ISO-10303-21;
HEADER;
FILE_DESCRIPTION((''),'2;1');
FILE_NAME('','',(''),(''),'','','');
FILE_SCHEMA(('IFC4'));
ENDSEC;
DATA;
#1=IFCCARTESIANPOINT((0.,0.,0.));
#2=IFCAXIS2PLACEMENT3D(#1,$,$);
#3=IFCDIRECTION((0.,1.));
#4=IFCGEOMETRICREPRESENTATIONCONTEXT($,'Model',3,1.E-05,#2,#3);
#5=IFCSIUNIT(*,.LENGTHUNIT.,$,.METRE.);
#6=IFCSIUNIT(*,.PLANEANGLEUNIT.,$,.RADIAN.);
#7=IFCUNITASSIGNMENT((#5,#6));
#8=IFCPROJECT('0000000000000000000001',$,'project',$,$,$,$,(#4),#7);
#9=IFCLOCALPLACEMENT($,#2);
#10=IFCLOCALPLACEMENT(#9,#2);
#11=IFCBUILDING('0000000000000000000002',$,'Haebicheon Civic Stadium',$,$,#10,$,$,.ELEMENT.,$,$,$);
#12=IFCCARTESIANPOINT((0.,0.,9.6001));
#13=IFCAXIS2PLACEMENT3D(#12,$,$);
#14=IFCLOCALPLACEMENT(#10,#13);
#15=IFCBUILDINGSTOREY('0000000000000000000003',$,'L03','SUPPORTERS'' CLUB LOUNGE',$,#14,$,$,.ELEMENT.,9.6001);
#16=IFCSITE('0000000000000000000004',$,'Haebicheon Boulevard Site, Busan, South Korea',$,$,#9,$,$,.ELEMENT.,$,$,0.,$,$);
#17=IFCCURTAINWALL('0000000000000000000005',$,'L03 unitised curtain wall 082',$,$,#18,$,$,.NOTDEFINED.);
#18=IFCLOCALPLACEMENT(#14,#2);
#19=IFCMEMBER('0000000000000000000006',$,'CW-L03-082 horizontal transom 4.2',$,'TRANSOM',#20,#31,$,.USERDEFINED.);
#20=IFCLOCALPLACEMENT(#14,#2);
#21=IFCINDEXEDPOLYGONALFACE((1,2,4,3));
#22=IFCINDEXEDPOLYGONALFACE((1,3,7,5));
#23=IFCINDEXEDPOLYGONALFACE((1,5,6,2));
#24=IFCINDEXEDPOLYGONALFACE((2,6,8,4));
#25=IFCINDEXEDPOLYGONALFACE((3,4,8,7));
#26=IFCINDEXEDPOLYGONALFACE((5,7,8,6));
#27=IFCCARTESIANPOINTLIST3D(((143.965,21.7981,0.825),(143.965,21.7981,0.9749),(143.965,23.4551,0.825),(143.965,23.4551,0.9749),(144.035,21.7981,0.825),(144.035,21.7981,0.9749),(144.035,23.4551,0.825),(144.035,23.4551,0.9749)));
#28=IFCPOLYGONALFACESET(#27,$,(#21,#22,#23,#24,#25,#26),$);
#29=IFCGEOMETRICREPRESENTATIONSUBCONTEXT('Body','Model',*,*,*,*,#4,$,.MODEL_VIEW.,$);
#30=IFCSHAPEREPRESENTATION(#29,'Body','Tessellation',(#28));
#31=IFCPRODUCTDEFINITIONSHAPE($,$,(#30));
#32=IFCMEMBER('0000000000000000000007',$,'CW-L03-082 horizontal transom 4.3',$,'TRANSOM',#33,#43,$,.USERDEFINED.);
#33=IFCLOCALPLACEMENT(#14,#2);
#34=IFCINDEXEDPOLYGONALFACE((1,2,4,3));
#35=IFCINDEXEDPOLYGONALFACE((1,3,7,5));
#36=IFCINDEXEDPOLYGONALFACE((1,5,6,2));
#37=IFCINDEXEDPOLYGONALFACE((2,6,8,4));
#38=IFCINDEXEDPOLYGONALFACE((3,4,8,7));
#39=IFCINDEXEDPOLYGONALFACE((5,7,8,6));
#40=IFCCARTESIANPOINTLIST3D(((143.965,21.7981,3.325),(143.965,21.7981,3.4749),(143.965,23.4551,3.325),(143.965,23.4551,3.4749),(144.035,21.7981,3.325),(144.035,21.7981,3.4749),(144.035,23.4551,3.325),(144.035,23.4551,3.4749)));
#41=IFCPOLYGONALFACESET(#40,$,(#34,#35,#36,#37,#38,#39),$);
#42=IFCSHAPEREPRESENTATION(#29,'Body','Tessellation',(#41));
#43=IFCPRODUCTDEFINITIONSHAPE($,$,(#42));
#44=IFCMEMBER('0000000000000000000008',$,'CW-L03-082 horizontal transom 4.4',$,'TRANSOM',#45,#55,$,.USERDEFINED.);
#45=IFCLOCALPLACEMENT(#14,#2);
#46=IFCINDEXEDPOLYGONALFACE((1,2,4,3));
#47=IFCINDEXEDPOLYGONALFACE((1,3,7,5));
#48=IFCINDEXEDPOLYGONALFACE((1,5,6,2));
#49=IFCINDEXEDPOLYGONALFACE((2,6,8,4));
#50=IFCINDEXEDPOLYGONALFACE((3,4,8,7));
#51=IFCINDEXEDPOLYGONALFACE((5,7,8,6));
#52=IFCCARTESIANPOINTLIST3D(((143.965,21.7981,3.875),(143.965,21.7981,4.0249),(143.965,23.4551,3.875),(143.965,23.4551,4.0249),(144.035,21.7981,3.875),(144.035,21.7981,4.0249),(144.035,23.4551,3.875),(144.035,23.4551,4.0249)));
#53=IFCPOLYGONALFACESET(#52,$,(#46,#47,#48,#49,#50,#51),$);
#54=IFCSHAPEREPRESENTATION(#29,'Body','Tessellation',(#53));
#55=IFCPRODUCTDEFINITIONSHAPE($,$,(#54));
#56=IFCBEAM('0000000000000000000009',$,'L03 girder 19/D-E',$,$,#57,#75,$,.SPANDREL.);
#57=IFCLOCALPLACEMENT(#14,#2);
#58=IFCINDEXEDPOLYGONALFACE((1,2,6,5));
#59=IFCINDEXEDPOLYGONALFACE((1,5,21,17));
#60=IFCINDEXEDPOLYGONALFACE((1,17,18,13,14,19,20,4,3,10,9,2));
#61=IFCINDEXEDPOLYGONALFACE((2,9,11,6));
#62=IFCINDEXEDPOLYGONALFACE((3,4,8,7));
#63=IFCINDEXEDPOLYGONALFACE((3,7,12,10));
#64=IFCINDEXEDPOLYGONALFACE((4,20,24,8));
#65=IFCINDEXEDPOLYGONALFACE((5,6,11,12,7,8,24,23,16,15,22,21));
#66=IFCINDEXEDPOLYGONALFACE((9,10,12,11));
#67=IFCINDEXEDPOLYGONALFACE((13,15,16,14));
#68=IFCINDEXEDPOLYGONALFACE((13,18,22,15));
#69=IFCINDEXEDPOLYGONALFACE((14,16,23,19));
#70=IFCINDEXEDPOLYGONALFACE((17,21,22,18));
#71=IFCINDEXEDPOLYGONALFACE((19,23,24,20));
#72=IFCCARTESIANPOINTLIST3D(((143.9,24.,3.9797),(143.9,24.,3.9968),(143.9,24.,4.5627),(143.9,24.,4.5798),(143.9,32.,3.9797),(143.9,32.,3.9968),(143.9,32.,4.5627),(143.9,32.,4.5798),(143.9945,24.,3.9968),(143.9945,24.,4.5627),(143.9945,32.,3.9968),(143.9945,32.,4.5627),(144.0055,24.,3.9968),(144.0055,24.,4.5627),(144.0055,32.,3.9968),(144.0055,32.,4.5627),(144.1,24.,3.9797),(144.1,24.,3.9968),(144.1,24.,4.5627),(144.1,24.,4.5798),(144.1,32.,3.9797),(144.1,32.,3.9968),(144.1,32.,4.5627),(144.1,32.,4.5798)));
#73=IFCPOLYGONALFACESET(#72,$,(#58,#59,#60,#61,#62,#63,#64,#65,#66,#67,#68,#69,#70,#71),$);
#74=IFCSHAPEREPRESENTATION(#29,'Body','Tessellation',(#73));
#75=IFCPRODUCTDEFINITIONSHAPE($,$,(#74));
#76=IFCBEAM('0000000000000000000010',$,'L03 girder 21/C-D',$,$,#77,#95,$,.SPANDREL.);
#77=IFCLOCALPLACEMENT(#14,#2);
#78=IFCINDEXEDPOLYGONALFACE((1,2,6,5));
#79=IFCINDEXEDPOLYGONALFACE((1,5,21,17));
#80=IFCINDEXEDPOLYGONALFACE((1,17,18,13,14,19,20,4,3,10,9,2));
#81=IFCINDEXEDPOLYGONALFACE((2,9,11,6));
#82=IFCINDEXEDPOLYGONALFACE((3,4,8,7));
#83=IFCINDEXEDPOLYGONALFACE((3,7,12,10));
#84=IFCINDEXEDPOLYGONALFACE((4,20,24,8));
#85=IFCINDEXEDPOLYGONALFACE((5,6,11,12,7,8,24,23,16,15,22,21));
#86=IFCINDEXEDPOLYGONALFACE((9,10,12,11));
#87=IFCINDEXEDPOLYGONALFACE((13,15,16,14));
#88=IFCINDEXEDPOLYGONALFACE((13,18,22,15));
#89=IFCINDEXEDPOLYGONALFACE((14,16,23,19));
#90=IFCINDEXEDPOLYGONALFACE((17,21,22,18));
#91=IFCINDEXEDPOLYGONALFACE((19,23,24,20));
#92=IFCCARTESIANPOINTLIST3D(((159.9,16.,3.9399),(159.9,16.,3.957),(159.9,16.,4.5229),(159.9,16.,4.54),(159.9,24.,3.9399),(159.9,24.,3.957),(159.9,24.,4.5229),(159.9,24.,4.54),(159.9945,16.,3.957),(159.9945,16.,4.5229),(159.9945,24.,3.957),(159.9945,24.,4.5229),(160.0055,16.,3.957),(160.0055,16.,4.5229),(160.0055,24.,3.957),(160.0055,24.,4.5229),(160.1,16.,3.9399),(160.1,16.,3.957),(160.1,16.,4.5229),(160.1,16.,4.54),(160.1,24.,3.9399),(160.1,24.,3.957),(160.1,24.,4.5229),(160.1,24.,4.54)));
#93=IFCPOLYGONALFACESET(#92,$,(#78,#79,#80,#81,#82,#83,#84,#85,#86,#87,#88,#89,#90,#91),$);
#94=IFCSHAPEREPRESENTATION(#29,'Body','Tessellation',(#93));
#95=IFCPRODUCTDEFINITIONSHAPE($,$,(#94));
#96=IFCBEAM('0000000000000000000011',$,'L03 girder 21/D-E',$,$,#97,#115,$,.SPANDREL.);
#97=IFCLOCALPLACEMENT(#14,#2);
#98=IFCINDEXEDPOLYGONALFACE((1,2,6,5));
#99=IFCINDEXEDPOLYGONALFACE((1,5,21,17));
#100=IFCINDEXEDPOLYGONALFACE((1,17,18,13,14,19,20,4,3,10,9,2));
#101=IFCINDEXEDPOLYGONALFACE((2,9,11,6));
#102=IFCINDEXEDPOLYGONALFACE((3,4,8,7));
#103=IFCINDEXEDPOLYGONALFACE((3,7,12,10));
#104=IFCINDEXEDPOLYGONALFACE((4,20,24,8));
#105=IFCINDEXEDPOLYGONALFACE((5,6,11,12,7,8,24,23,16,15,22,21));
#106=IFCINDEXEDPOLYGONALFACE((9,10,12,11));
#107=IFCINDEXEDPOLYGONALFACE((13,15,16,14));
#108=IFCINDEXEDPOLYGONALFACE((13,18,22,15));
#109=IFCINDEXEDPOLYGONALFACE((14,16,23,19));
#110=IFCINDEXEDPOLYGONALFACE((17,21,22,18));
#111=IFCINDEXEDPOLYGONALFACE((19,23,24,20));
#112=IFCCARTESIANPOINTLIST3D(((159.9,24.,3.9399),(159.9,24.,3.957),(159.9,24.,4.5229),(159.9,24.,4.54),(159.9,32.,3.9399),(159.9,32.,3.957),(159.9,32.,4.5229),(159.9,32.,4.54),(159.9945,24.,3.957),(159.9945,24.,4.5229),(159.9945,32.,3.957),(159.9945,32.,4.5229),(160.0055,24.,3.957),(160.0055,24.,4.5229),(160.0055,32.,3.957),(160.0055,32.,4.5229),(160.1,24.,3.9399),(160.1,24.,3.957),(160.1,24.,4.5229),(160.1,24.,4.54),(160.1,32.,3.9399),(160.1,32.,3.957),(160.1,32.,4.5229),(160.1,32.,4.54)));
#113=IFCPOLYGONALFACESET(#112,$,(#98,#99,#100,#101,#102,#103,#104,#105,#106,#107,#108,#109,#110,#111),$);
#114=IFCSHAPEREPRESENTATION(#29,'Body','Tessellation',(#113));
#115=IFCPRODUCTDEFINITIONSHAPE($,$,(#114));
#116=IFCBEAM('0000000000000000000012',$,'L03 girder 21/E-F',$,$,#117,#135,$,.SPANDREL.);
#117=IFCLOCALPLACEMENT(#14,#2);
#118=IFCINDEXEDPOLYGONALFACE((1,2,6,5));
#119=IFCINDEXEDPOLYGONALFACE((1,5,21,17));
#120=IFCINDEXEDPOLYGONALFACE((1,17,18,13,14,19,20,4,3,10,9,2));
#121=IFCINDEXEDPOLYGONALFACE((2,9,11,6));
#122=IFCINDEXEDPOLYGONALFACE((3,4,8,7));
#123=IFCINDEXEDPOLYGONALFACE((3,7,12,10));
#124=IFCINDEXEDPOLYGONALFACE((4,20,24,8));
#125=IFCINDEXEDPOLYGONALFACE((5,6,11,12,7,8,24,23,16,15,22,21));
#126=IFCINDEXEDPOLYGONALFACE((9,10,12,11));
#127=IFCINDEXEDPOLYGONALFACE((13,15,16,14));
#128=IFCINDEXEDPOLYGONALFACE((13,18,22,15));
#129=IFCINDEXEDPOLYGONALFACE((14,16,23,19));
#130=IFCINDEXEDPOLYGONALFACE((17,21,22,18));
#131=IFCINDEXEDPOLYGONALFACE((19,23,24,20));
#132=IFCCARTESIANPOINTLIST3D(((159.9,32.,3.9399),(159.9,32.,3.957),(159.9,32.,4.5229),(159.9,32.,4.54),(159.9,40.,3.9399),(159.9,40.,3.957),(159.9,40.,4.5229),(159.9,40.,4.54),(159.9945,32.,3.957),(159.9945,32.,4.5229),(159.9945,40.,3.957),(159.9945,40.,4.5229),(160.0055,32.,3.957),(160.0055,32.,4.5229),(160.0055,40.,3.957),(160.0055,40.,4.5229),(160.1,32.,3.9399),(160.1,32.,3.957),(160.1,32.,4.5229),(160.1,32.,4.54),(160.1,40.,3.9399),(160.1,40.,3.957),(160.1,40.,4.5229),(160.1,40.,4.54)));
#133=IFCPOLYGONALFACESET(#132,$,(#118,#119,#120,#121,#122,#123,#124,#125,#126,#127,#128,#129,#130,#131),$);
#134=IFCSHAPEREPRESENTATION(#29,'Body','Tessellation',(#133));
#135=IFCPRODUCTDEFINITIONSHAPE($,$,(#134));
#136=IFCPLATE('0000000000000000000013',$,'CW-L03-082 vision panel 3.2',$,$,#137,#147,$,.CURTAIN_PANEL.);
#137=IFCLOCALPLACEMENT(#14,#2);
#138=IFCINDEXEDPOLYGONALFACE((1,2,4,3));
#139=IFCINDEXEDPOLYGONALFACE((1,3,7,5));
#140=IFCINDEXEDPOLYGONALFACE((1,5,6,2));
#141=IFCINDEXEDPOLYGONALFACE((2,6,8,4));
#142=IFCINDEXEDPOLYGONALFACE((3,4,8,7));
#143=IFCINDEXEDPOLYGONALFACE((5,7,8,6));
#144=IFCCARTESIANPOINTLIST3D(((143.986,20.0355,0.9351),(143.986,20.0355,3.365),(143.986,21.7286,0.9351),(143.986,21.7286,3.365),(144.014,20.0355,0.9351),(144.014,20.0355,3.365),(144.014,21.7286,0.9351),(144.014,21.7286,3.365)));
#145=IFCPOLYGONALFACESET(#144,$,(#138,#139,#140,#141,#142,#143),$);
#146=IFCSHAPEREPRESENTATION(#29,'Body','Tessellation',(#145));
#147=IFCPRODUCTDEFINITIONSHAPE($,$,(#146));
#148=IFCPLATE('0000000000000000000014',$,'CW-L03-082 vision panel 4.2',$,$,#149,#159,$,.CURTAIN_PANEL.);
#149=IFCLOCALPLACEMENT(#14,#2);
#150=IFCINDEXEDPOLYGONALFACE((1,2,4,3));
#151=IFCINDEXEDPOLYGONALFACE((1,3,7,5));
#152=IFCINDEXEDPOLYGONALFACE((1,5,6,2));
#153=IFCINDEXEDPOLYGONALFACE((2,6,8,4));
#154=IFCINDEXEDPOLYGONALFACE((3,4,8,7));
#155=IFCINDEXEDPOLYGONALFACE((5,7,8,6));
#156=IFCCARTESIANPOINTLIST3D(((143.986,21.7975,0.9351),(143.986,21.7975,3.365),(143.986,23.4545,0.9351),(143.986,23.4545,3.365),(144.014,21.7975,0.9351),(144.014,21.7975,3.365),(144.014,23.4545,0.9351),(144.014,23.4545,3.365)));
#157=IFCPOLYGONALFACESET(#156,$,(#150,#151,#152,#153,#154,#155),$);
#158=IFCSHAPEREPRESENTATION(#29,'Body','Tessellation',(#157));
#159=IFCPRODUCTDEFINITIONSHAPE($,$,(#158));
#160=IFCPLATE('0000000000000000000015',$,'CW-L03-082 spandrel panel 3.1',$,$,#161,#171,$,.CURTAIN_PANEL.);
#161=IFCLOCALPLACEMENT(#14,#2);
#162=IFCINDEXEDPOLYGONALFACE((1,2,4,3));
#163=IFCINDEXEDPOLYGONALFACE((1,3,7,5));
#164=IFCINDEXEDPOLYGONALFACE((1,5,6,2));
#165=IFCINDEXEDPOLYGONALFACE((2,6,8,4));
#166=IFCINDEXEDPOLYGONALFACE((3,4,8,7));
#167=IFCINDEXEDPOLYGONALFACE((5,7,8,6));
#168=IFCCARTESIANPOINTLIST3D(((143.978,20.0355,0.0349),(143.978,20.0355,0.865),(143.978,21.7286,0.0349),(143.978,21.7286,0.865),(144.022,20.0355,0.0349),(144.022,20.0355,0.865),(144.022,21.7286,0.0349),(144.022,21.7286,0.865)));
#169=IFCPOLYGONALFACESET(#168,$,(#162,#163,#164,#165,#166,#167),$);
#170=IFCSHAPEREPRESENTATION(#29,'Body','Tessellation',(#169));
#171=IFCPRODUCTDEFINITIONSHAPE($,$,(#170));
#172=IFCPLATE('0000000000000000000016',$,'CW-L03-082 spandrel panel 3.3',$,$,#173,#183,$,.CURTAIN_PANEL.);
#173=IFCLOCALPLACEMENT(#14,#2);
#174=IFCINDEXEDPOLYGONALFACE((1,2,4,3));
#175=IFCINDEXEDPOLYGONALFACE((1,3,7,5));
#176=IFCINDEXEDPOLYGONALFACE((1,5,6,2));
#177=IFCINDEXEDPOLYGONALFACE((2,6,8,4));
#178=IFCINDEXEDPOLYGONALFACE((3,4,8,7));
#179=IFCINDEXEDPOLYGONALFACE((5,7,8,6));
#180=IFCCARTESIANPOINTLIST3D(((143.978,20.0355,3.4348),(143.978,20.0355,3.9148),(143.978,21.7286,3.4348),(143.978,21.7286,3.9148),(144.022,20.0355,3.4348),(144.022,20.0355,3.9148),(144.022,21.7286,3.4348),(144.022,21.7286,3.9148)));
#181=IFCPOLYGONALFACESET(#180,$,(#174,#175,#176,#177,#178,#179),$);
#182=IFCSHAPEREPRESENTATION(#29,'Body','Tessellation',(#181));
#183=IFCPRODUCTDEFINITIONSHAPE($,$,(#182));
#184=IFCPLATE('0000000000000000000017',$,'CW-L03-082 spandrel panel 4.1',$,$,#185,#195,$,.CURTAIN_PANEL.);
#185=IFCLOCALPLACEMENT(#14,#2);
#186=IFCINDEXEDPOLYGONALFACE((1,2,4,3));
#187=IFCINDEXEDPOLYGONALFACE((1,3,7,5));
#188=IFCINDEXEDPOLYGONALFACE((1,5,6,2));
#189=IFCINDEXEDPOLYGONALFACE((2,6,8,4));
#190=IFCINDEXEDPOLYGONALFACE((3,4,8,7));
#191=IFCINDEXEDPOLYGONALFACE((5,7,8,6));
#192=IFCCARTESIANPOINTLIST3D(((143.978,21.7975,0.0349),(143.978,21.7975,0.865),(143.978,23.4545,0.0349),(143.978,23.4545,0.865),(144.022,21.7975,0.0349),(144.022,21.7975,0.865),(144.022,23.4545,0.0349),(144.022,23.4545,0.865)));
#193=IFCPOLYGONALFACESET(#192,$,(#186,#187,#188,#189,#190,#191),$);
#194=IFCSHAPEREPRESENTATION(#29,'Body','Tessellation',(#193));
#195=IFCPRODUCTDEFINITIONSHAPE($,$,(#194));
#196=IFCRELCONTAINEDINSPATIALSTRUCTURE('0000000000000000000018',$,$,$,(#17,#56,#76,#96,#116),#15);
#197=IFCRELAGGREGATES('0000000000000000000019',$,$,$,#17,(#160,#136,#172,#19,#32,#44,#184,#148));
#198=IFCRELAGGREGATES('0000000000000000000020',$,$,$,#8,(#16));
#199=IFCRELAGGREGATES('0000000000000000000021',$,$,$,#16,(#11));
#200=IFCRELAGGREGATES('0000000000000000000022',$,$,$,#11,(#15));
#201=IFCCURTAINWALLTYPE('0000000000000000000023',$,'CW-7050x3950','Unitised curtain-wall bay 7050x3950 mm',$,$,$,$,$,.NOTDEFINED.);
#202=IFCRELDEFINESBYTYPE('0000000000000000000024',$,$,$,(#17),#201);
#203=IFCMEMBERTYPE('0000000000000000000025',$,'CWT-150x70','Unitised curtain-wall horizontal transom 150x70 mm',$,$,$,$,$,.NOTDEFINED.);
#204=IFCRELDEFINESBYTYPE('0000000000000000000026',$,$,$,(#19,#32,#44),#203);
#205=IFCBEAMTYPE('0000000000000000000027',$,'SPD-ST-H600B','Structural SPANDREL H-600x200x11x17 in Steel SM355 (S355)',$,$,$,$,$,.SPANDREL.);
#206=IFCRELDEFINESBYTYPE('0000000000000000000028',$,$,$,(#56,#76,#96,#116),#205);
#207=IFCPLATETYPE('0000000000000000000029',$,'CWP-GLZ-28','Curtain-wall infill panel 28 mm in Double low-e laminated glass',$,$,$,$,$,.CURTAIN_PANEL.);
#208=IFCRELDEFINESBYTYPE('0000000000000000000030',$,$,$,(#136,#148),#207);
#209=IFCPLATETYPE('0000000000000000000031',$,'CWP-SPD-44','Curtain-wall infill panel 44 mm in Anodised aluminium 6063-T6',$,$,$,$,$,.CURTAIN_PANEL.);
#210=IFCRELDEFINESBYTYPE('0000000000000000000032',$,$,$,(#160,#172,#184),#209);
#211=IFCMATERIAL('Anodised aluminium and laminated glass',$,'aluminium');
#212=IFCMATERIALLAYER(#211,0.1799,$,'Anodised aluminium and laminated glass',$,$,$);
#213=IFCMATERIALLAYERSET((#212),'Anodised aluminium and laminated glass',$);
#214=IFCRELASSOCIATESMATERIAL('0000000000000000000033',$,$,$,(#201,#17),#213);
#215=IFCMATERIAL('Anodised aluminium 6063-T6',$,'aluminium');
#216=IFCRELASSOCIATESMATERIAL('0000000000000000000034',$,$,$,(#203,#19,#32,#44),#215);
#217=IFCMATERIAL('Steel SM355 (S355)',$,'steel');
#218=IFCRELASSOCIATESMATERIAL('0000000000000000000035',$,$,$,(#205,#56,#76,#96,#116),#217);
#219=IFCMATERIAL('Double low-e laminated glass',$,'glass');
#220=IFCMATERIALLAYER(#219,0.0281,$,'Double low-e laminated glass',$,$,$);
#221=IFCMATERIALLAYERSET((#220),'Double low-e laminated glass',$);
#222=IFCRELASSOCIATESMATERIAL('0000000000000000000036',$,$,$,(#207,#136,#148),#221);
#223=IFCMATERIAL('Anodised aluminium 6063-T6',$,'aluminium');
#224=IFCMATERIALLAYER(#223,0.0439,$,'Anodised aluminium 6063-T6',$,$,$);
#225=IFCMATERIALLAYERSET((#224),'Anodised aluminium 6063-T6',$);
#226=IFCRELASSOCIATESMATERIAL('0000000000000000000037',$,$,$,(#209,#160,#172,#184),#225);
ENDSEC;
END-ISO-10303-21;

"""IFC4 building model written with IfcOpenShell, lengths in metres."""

from ifc_helpers import new_model, si_unit, direction, frame, origin, origin_2d, place, context, subcontext, project, spatial, rectangle, i_section, extrude, material, layer, layer_set, material_profile, profile_set, type_object, element, aggregate, save


model = new_model("IFC4")

# Units and contexts
model_context = context("Model", 3, precision=1e-05, world=origin(), true_north=direction((0.0, 1.0)))
body_context = subcontext(model_context, "Body", "Model", "MODEL_VIEW")
ifc_project = project(units=[si_unit("LENGTHUNIT", "METRE"), si_unit("PLANEANGLEUNIT", "RADIAN")], contexts=[model_context])

# Site, building, storey
site_placement = place(None, origin())
site = spatial("IfcSite", under=ifc_project, at=site_placement, Name="Haebicheon Boulevard Site, Busan, South Korea", CompositionType="ELEMENT", RefElevation=0.0)
building_placement = place(site_placement, origin())
building = spatial("IfcBuilding", under=site, at=building_placement, Name="Haebicheon Civic Stadium", CompositionType="ELEMENT")
storey_placement = place(building_placement, frame((0.0, 0.0, 9.6001)))
storey = spatial("IfcBuildingStorey", under=building, at=storey_placement, Name="L03", Description="SUPPORTERS' CLUB LOUNGE", CompositionType="ELEMENT", Elevation=9.6001)

# Curtain wall
ifc_material_1 = material(Name="Anodised aluminium and laminated glass", Category="aluminium")
ifc_layer_1 = layer(ifc_material_1, 0.1799, Name="Anodised aluminium and laminated glass")
ifc_layer_set_1 = layer_set([ifc_layer_1], Name="Anodised aluminium and laminated glass")
curtain_wall_type_1 = type_object("IfcCurtainWallType", Name="CW-7050x3950", Description="Unitised curtain-wall bay 7050x3950 mm", PredefinedType="NOTDEFINED", material=ifc_layer_set_1)
curtain_wall_1_placement = place(storey_placement, origin())
curtain_wall_1 = element("IfcCurtainWall", 1, at=curtain_wall_1_placement, inside=storey, type_object=curtain_wall_type_1, material=ifc_layer_set_1, Name="L03 unitised curtain wall 082", PredefinedType="NOTDEFINED")

# Members
ifc_material_2 = material(Name="Anodised aluminium 6063-T6", Category="aluminium")
ifc_material_profile_1 = material_profile(ifc_material_2, rectangle(XDim=0.0701, YDim=0.1499, at=origin_2d()), Name="ALU-TRAN-70x150")
ifc_profile_set_1 = profile_set([ifc_material_profile_1], Name="Anodised aluminium 6063-T6")
member_type_1 = type_object("IfcMemberType", Name="CWT-150x70", Description="Unitised curtain-wall horizontal transom 150x70 mm", PredefinedType="NOTDEFINED", material=ifc_profile_set_1)
member_1_placement = place(storey_placement, frame((144.0, 21.7981, 0.8999), z_axis=(0.0, 1.0, 0.0), x_axis=(-1.0, 0.0, 0.0)))
member_1 = element("IfcMember", 2, at=member_1_placement, type_object=member_type_1, material=ifc_profile_set_1, Name="CW-L03-082 horizontal transom 4.2", ObjectType="TRANSOM", PredefinedType="USERDEFINED", context=body_context, shape_type="SweptSolid", body=[
    extrude(rectangle(XDim=0.0701, YDim=0.1499, at=origin_2d()), origin(), (0.0, 0.0, 1.0), 1.657),
])
member_2_placement = place(storey_placement, frame((144.0, 21.7981, 3.3999), z_axis=(0.0, 1.0, 0.0), x_axis=(-1.0, 0.0, 0.0)))
member_2 = element("IfcMember", 3, at=member_2_placement, type_object=member_type_1, material=ifc_profile_set_1, Name="CW-L03-082 horizontal transom 4.3", ObjectType="TRANSOM", PredefinedType="USERDEFINED", context=body_context, shape_type="SweptSolid", body=[
    extrude(rectangle(XDim=0.0701, YDim=0.1499, at=origin_2d()), origin(), (0.0, 0.0, 1.0), 1.657),
])
member_3_placement = place(storey_placement, frame((144.0, 21.7981, 3.95), z_axis=(0.0, 1.0, 0.0), x_axis=(-1.0, 0.0, 0.0)))
member_3 = element("IfcMember", 4, at=member_3_placement, type_object=member_type_1, material=ifc_profile_set_1, Name="CW-L03-082 horizontal transom 4.4", ObjectType="TRANSOM", PredefinedType="USERDEFINED", context=body_context, shape_type="SweptSolid", body=[
    extrude(rectangle(XDim=0.0701, YDim=0.1499, at=origin_2d()), origin(), (0.0, 0.0, 1.0), 1.657),
])

# Beams
ifc_material_3 = material(Name="Steel SM355 (S355)", Category="steel")
ifc_material_profile_2 = material_profile(ifc_material_3, i_section(OverallWidth=0.2, OverallDepth=0.6001, WebThickness=0.011, FlangeThickness=0.0171, at=origin_2d()), Name="H-600x200x11x17")
ifc_profile_set_2 = profile_set([ifc_material_profile_2], Name="Steel SM355 (S355)")
beam_type_1 = type_object("IfcBeamType", Name="SPD-ST-H600B", Description="Structural SPANDREL H-600x200x11x17 in Steel SM355 (S355)", PredefinedType="SPANDREL", material=ifc_profile_set_2)
for number, where, z_axis, x_axis, name in (
    (5, (144.0, 24.0, 4.2798), (0.0, 1.0, 0.0), (-1.0, 0.0, 0.0), "L03 girder 19/D-E"),
    (6, (160.0, 16.0, 4.24), (0.0, 1.0, 0.0), (-1.0, 0.0, 0.0), "L03 girder 21/C-D"),
    (7, (160.0, 24.0, 4.24), (0.0, 1.0, 0.0), (-1.0, 0.0, 0.0), "L03 girder 21/D-E"),
    (8, (160.0, 32.0, 4.24), (0.0, 1.0, 0.0), (-1.0, 0.0, 0.0), "L03 girder 21/E-F"),
):
    element("IfcBeam", number, at=place(storey_placement, frame(where, z_axis=z_axis, x_axis=x_axis)), inside=storey, type_object=beam_type_1, material=ifc_profile_set_2, Name=name, PredefinedType="SPANDREL", context=body_context, shape_type="SweptSolid", body=[
        extrude(i_section(OverallWidth=0.2, OverallDepth=0.6001, WebThickness=0.011, FlangeThickness=0.0171, at=origin_2d()), origin(), (0.0, 0.0, 1.0), 8.0),
    ])

# Plates
ifc_material_4 = material(Name="Double low-e laminated glass", Category="glass")
ifc_layer_2 = layer(ifc_material_4, 0.0281, Name="Double low-e laminated glass")
ifc_layer_set_2 = layer_set([ifc_layer_2], Name="Double low-e laminated glass")
plate_type_1 = type_object("IfcPlateType", Name="CWP-GLZ-28", Description="Curtain-wall infill panel 28 mm in Double low-e laminated glass", PredefinedType="CURTAIN_PANEL", material=ifc_layer_set_2)
plate_1_placement = place(storey_placement, frame((144.0, 20.8821, 0.9351), z_axis=(0.0, 0.0, 1.0), x_axis=(0.0, 1.0, 0.0)))
plate_1 = element("IfcPlate", 9, at=plate_1_placement, type_object=plate_type_1, material=ifc_layer_set_2, Name="CW-L03-082 vision panel 3.2", PredefinedType="CURTAIN_PANEL", context=body_context, shape_type="SweptSolid", body=[
    extrude(rectangle(XDim=1.6931, YDim=0.0281, at=origin_2d()), origin(), (0.0, 0.0, 1.0), 2.4299),
])
plate_2_placement = place(storey_placement, frame((144.0, 22.626, 0.9351), z_axis=(0.0, 0.0, 1.0), x_axis=(0.0, 1.0, 0.0)))
plate_2 = element("IfcPlate", 10, at=plate_2_placement, type_object=plate_type_1, material=ifc_layer_set_2, Name="CW-L03-082 vision panel 4.2", PredefinedType="CURTAIN_PANEL", context=body_context, shape_type="SweptSolid", body=[
    extrude(rectangle(XDim=1.657, YDim=0.0281, at=origin_2d()), origin(), (0.0, 0.0, 1.0), 2.4299),
])
ifc_material_5 = material(Name="Anodised aluminium 6063-T6", Category="aluminium")
ifc_layer_3 = layer(ifc_material_5, 0.0439, Name="Anodised aluminium 6063-T6")
ifc_layer_set_3 = layer_set([ifc_layer_3], Name="Anodised aluminium 6063-T6")
plate_type_2 = type_object("IfcPlateType", Name="CWP-SPD-44", Description="Curtain-wall infill panel 44 mm in Anodised aluminium 6063-T6", PredefinedType="CURTAIN_PANEL", material=ifc_layer_set_3)
plate_3_placement = place(storey_placement, frame((144.0, 20.8821, 0.0349), z_axis=(0.0, 0.0, 1.0), x_axis=(0.0, 1.0, 0.0)))
plate_3 = element("IfcPlate", 11, at=plate_3_placement, type_object=plate_type_2, material=ifc_layer_set_3, Name="CW-L03-082 spandrel panel 3.1", PredefinedType="CURTAIN_PANEL", context=body_context, shape_type="SweptSolid", body=[
    extrude(rectangle(XDim=1.6931, YDim=0.0439, at=origin_2d()), origin(), (0.0, 0.0, 1.0), 0.8301),
])
plate_4_placement = place(storey_placement, frame((144.0, 20.8821, 3.4348), z_axis=(0.0, 0.0, 1.0), x_axis=(0.0, 1.0, 0.0)))
plate_4 = element("IfcPlate", 12, at=plate_4_placement, type_object=plate_type_2, material=ifc_layer_set_3, Name="CW-L03-082 spandrel panel 3.3", PredefinedType="CURTAIN_PANEL", context=body_context, shape_type="SweptSolid", body=[
    extrude(rectangle(XDim=1.6931, YDim=0.0439, at=origin_2d()), origin(), (0.0, 0.0, 1.0), 0.48),
])
plate_5_placement = place(storey_placement, frame((144.0, 22.626, 0.0349), z_axis=(0.0, 0.0, 1.0), x_axis=(0.0, 1.0, 0.0)))
plate_5 = element("IfcPlate", 13, at=plate_5_placement, type_object=plate_type_2, material=ifc_layer_set_3, Name="CW-L03-082 spandrel panel 4.1", PredefinedType="CURTAIN_PANEL", context=body_context, shape_type="SweptSolid", body=[
    extrude(rectangle(XDim=1.657, YDim=0.0439, at=origin_2d()), origin(), (0.0, 0.0, 1.0), 0.8301),
])
aggregate(curtain_wall_1, [plate_3, plate_1, plate_4, member_1, member_2, member_3, plate_5, plate_2])

save(model, "model.ifc")
